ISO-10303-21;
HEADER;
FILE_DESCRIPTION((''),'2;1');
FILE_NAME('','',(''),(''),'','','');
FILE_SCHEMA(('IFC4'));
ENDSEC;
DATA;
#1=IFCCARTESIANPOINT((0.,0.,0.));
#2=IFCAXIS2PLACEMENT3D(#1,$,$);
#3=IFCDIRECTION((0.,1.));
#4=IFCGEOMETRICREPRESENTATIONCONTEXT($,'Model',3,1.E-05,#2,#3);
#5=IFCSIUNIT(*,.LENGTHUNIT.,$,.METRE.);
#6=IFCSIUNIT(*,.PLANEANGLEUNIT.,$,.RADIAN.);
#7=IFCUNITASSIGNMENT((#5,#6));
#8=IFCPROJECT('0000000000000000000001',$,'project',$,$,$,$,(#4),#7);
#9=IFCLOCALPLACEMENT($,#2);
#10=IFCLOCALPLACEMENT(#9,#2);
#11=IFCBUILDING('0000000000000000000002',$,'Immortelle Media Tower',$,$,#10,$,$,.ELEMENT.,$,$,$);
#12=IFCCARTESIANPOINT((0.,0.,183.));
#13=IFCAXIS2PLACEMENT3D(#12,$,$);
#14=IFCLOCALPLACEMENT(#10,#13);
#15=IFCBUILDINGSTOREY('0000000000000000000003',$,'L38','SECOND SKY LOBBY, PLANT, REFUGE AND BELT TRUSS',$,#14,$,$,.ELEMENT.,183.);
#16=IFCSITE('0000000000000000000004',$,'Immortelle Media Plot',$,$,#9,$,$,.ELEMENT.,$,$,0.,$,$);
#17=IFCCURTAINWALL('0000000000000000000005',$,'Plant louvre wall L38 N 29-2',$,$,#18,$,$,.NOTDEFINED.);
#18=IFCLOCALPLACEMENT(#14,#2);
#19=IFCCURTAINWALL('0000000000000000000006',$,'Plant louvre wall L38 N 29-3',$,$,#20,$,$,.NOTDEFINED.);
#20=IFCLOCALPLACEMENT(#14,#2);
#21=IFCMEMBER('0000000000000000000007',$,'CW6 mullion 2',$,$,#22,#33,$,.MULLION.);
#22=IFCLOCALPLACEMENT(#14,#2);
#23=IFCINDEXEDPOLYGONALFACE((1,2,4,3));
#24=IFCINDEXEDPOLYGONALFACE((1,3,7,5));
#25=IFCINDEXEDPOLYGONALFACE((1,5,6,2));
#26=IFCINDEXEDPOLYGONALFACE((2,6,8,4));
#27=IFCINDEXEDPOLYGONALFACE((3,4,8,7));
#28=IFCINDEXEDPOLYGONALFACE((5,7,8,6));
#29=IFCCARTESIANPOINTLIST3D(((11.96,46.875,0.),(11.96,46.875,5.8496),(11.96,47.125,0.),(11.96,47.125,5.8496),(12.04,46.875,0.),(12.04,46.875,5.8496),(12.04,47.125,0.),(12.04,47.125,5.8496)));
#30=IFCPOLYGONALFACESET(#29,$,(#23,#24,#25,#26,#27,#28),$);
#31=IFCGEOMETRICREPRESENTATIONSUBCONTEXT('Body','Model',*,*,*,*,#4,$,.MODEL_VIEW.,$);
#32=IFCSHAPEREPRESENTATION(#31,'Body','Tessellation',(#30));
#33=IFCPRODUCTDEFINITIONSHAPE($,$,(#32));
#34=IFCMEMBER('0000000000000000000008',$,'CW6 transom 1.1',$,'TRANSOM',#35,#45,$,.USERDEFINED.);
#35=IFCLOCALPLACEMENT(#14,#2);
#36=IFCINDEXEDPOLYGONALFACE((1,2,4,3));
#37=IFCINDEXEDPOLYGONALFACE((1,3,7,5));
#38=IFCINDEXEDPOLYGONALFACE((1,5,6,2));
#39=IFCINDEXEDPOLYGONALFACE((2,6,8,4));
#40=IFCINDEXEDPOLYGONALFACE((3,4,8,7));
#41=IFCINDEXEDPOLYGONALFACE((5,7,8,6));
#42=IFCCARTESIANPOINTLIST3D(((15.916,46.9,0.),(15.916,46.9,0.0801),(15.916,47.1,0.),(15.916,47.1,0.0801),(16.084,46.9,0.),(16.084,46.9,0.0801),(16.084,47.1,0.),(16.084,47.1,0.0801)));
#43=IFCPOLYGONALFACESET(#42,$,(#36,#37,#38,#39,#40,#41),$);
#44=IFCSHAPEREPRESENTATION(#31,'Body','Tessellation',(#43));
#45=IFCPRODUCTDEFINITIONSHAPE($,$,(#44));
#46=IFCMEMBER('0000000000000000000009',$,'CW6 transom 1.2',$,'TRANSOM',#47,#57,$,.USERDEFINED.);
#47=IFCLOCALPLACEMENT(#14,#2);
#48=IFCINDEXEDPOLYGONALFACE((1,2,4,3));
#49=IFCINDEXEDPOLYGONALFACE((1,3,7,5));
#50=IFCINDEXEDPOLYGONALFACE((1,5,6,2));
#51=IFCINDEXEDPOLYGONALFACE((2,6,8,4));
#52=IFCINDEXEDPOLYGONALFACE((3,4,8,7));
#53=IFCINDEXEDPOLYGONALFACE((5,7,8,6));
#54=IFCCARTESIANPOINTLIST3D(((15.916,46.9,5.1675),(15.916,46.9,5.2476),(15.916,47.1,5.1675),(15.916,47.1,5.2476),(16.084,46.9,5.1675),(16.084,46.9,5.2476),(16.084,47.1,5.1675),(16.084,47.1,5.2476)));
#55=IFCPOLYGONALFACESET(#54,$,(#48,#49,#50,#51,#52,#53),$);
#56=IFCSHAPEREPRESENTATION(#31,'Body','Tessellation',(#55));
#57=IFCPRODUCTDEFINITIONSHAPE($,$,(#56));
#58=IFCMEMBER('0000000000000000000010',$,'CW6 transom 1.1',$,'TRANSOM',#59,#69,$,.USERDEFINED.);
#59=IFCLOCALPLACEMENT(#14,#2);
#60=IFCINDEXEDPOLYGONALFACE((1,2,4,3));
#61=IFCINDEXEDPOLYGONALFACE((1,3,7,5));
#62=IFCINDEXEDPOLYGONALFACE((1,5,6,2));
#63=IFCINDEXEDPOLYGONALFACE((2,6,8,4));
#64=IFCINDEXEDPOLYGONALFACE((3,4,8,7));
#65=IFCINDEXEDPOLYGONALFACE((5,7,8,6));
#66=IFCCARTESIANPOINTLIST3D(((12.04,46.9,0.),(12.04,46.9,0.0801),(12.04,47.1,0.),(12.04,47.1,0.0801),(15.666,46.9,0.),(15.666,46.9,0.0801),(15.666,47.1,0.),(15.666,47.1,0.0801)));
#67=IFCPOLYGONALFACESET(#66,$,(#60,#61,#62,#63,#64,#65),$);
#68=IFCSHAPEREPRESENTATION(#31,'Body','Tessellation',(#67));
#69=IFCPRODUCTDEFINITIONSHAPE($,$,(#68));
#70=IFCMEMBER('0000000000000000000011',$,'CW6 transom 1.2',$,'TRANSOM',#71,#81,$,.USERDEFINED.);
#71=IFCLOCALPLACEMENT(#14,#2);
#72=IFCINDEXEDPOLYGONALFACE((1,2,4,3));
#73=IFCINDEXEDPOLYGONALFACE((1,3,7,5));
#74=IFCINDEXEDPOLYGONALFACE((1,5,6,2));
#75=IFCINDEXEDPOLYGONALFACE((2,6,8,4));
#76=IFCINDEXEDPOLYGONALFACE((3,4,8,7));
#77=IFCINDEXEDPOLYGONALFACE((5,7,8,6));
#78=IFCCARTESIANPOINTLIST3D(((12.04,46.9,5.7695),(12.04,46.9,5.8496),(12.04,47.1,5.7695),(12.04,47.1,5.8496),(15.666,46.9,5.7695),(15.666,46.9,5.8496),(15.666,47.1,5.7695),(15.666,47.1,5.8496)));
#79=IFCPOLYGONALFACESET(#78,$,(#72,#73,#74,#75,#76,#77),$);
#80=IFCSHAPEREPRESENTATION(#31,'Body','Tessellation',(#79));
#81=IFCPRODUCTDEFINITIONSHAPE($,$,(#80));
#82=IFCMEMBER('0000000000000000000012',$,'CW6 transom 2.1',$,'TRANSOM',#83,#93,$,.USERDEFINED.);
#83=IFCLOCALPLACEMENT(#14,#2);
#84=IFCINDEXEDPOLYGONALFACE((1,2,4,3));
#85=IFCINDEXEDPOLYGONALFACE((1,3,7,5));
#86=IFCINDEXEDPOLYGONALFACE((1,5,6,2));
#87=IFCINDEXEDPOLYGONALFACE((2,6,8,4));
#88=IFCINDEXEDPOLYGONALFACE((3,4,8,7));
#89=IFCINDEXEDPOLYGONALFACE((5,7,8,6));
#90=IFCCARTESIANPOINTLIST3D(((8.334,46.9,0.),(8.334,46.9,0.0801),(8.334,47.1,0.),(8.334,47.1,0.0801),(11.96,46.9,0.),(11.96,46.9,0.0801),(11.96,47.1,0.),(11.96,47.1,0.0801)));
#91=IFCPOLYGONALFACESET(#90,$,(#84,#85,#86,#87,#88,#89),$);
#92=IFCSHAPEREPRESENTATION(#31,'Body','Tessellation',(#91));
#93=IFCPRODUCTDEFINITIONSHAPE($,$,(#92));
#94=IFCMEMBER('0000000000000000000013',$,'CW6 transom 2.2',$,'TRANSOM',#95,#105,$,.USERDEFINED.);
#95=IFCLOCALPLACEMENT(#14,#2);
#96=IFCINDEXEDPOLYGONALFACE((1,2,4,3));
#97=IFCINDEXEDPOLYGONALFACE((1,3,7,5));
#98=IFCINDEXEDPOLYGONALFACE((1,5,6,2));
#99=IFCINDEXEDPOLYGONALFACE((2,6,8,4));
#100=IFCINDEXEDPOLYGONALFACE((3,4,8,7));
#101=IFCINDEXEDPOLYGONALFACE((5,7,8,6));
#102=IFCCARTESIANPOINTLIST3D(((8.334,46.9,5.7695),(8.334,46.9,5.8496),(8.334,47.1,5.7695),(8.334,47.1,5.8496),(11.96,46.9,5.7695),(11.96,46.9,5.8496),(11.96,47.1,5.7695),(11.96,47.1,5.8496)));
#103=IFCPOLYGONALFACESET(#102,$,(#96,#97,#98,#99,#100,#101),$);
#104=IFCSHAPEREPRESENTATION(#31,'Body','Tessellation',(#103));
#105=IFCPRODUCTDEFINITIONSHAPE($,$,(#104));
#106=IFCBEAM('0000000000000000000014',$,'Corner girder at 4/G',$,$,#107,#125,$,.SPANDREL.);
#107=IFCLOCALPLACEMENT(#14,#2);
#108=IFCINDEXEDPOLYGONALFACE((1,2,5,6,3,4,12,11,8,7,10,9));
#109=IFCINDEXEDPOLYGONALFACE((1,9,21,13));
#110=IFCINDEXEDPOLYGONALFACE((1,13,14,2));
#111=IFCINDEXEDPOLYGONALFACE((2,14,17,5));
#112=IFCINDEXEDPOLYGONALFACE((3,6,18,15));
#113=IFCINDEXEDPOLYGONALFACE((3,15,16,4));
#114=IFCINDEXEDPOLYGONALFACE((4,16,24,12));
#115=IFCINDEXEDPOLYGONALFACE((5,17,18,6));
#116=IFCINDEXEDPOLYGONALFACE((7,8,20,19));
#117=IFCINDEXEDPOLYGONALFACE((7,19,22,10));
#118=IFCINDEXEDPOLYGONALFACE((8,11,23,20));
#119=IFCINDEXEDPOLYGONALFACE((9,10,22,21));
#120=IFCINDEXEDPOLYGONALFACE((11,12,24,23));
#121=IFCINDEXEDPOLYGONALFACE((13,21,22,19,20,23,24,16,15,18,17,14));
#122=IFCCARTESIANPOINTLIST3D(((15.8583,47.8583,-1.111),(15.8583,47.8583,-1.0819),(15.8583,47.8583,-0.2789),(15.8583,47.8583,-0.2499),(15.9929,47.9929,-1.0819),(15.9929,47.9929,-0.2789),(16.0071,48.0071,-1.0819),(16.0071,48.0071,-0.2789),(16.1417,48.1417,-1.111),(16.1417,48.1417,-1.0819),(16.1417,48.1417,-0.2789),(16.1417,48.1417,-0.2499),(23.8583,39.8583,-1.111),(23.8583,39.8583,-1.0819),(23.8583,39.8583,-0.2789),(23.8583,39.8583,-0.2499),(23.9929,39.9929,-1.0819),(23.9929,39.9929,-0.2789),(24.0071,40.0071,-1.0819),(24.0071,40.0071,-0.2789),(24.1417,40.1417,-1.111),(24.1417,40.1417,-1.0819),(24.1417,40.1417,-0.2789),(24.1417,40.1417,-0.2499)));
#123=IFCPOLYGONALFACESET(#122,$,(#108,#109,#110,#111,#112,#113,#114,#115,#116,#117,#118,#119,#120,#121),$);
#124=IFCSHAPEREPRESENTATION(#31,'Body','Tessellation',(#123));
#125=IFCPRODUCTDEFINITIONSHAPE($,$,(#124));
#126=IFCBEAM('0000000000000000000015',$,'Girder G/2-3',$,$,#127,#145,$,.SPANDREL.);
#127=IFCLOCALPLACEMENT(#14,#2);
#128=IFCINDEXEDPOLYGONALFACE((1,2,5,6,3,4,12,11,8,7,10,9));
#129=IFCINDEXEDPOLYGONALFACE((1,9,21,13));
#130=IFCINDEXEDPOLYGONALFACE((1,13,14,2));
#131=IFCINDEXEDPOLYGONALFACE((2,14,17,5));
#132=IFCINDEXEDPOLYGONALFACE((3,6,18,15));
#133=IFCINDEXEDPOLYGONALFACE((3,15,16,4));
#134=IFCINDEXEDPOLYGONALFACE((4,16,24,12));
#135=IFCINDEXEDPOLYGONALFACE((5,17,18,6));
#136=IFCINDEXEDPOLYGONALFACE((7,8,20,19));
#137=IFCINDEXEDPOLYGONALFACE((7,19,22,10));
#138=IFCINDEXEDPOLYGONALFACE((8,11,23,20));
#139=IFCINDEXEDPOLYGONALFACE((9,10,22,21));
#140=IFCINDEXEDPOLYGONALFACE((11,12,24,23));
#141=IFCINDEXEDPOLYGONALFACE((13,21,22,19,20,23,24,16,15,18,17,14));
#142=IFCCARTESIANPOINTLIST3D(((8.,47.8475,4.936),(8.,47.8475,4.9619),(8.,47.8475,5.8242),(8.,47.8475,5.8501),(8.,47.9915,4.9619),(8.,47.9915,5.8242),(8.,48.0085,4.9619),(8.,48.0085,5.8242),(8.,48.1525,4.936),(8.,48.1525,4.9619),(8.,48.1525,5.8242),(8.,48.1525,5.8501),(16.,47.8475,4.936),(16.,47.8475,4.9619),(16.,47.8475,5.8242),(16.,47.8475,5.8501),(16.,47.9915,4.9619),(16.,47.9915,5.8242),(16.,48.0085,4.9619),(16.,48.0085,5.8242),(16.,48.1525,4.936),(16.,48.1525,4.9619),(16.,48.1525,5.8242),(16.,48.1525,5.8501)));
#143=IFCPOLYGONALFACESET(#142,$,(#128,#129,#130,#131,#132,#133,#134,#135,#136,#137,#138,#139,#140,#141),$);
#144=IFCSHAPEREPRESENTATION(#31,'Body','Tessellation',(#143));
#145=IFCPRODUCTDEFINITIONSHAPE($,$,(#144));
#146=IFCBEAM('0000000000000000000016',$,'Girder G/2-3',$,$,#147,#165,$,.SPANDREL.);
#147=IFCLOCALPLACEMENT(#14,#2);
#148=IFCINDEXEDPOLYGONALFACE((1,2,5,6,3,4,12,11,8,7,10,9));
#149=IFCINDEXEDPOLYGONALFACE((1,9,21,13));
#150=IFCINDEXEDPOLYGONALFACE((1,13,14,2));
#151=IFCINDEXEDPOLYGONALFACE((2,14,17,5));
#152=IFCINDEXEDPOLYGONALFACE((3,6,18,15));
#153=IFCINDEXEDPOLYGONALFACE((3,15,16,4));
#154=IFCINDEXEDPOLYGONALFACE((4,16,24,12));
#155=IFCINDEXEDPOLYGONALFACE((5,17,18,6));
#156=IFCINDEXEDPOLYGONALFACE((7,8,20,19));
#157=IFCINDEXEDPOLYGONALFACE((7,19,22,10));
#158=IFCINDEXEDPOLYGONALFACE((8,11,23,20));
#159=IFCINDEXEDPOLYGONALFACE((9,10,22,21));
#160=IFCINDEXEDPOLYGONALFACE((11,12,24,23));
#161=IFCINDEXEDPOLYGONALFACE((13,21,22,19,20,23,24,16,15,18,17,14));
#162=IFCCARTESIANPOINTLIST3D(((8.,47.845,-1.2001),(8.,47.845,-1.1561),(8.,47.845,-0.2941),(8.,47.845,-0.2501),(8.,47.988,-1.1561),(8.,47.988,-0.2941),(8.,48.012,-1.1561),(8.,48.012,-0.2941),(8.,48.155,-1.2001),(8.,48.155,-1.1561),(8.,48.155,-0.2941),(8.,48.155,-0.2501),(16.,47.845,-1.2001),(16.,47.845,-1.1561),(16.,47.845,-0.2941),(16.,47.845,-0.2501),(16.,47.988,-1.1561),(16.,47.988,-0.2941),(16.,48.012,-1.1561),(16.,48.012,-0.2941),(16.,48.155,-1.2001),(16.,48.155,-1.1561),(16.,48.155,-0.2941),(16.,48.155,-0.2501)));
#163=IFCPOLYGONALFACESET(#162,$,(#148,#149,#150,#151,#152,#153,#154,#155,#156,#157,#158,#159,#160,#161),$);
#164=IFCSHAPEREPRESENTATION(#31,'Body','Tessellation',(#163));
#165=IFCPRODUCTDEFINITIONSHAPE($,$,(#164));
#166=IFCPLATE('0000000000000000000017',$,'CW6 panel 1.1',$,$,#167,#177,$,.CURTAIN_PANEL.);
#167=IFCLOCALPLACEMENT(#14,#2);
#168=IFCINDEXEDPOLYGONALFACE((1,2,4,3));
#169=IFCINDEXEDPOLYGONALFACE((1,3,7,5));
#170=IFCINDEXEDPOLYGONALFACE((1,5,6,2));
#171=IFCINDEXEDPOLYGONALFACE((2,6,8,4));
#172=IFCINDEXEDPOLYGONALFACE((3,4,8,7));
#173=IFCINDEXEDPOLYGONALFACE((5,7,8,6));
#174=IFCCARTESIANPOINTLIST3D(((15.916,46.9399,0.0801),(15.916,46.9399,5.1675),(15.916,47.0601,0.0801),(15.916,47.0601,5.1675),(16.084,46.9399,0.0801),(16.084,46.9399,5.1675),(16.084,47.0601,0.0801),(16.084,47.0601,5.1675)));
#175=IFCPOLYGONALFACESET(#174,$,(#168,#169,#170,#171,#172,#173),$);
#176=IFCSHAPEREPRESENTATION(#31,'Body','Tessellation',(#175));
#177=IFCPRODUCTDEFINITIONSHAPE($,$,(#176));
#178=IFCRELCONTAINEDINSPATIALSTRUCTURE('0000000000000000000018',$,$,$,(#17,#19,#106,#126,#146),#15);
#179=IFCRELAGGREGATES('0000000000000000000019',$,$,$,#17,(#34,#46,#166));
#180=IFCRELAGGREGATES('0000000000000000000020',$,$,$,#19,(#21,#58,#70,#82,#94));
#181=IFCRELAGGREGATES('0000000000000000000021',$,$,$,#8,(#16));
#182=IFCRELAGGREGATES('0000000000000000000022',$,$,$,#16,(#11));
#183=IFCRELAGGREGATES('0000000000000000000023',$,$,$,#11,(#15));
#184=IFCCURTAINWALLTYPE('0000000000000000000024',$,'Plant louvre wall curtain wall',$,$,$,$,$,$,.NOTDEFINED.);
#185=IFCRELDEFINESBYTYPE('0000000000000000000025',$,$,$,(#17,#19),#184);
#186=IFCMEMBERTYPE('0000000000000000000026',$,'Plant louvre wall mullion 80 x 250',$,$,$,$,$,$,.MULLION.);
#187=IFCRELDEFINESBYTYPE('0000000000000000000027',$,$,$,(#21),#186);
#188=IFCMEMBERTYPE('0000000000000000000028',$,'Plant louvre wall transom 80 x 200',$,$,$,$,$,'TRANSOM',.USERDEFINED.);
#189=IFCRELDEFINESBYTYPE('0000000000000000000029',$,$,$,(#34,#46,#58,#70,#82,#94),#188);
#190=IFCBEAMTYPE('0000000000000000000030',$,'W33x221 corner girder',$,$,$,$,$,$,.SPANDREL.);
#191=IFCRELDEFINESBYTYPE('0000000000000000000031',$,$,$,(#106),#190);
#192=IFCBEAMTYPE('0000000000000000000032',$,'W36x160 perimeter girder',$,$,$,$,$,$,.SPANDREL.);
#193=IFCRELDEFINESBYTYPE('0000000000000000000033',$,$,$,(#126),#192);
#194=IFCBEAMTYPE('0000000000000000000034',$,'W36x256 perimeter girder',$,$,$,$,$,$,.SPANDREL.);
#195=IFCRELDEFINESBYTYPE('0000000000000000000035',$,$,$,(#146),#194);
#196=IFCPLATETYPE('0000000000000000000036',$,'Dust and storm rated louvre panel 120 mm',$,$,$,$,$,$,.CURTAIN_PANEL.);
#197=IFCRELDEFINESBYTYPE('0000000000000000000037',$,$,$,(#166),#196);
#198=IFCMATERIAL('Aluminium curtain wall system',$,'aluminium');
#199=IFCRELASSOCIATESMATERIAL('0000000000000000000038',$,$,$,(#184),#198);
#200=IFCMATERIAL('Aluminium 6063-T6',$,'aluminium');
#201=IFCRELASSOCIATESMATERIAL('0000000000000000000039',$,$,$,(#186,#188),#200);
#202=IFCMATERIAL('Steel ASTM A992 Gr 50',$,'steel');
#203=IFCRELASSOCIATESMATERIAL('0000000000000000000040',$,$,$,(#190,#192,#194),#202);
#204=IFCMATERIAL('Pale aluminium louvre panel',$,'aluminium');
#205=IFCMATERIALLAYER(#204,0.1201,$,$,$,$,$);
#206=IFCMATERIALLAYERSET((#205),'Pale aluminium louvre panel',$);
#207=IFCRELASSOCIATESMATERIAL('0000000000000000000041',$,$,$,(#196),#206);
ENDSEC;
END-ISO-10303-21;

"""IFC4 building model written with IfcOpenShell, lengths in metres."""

from ifc_helpers import new_model, si_unit, direction, frame, origin, origin_2d, place, context, subcontext, project, spatial, rectangle, i_section, extrude, material, layer, layer_set, material_profile, profile_set, type_object, element, aggregate, save


model = new_model("IFC4")

# Units and contexts
model_context = context("Model", 3, precision=1e-05, world=origin(), true_north=direction((0.0, 1.0)))
body_context = subcontext(model_context, "Body", "Model", "MODEL_VIEW")
ifc_project = project(units=[si_unit("LENGTHUNIT", "METRE"), si_unit("PLANEANGLEUNIT", "RADIAN")], contexts=[model_context])

# Site, building, storey
site_placement = place(None, origin())
site = spatial("IfcSite", under=ifc_project, at=site_placement, Name="Immortelle Media Plot", CompositionType="ELEMENT", RefElevation=0.0)
building_placement = place(site_placement, origin())
building = spatial("IfcBuilding", under=site, at=building_placement, Name="Immortelle Media Tower", CompositionType="ELEMENT")
storey_placement = place(building_placement, frame((0.0, 0.0, 183.0)))
storey = spatial("IfcBuildingStorey", under=building, at=storey_placement, Name="L38", Description="SECOND SKY LOBBY, PLANT, REFUGE AND BELT TRUSS", CompositionType="ELEMENT", Elevation=183.0)

# Shared definitions
ifc_material_1 = material(Name="Steel ASTM A992 Gr 50", Category="steel")

# Curtain walls, member
ifc_material_2 = material(Name="Aluminium curtain wall system", Category="aluminium")
curtain_wall_type = type_object("IfcCurtainWallType", Name="Plant louvre wall curtain wall", PredefinedType="NOTDEFINED", material=ifc_material_2)
curtain_wall_1_placement = place(storey_placement, origin())
curtain_wall_1 = element("IfcCurtainWall", 1, at=curtain_wall_1_placement, inside=storey, type_object=curtain_wall_type, Name="Plant louvre wall L38 N 29-2", PredefinedType="NOTDEFINED")
ifc_material_3 = material(Name="Aluminium 6063-T6", Category="aluminium")
ifc_material_profile_1 = material_profile(ifc_material_3, rectangle(XDim=0.25, YDim=0.0801, at=origin_2d()), Name="AL 80x250")
ifc_profile_set_1 = profile_set([ifc_material_profile_1], Name="Aluminium 6063-T6")
member_type_1 = type_object("IfcMemberType", Name="Plant louvre wall mullion 80 x 250", PredefinedType="MULLION", material=ifc_profile_set_1)
curtain_wall_2_placement = place(storey_placement, origin())
curtain_wall_2 = element("IfcCurtainWall", 2, at=curtain_wall_2_placement, inside=storey, type_object=curtain_wall_type, Name="Plant louvre wall L38 N 29-3", PredefinedType="NOTDEFINED")
member_1_placement = place(storey_placement, frame((12.0, 47.0, 0.0), z_axis=(0.0, 0.0, 1.0), x_axis=(0.0, -1.0, 0.0)))
member_1 = element("IfcMember", 3, at=member_1_placement, type_object=member_type_1, Name="CW6 mullion 2", PredefinedType="MULLION", context=body_context, shape_type="SweptSolid", body=[
    extrude(rectangle(XDim=0.25, YDim=0.0801, at=origin_2d()), origin(), (0.0, 0.0, 1.0), 5.8496),
])

# Members
ifc_material_profile_2 = material_profile(ifc_material_3, rectangle(XDim=0.2, YDim=0.0801, at=origin_2d()), Name="AL 80x200")
ifc_profile_set_2 = profile_set([ifc_material_profile_2], Name="Aluminium 6063-T6")
member_type_2 = type_object("IfcMemberType", Name="Plant louvre wall transom 80 x 200", ElementType="TRANSOM", PredefinedType="USERDEFINED", material=ifc_profile_set_2)
member_2_placement = place(storey_placement, frame((16.084, 47.0, 0.04), z_axis=(-1.0, 0.0, 0.0), x_axis=(0.0, -1.0, 0.0)))
member_2 = element("IfcMember", 4, at=member_2_placement, type_object=member_type_2, Name="CW6 transom 1.1", ObjectType="TRANSOM", PredefinedType="USERDEFINED", context=body_context, shape_type="SweptSolid", body=[
    extrude(rectangle(XDim=0.2, YDim=0.0801, at=origin_2d()), origin(), (0.0, 0.0, 1.0), 0.168),
])
member_3_placement = place(storey_placement, frame((16.084, 47.0, 5.2075), z_axis=(-1.0, 0.0, 0.0), x_axis=(0.0, -1.0, 0.0)))
member_3 = element("IfcMember", 5, at=member_3_placement, type_object=member_type_2, Name="CW6 transom 1.2", ObjectType="TRANSOM", PredefinedType="USERDEFINED", context=body_context, shape_type="SweptSolid", body=[
    extrude(rectangle(XDim=0.2, YDim=0.0801, at=origin_2d()), origin(), (0.0, 0.0, 1.0), 0.168),
])
member_4_placement = place(storey_placement, frame((15.666, 47.0, 0.04), z_axis=(-1.0, 0.0, 0.0), x_axis=(0.0, -1.0, 0.0)))
member_4 = element("IfcMember", 6, at=member_4_placement, type_object=member_type_2, Name="CW6 transom 1.1", ObjectType="TRANSOM", PredefinedType="USERDEFINED", context=body_context, shape_type="SweptSolid", body=[
    extrude(rectangle(XDim=0.2, YDim=0.0801, at=origin_2d()), origin(), (0.0, 0.0, 1.0), 3.626),
])
member_5_placement = place(storey_placement, frame((15.666, 47.0, 5.8096), z_axis=(-1.0, 0.0, 0.0), x_axis=(0.0, -1.0, 0.0)))
member_5 = element("IfcMember", 7, at=member_5_placement, type_object=member_type_2, Name="CW6 transom 1.2", ObjectType="TRANSOM", PredefinedType="USERDEFINED", context=body_context, shape_type="SweptSolid", body=[
    extrude(rectangle(XDim=0.2, YDim=0.0801, at=origin_2d()), origin(), (0.0, 0.0, 1.0), 3.626),
])
member_6_placement = place(storey_placement, frame((11.96, 47.0, 0.04), z_axis=(-1.0, 0.0, 0.0), x_axis=(0.0, -1.0, 0.0)))
member_6 = element("IfcMember", 8, at=member_6_placement, type_object=member_type_2, Name="CW6 transom 2.1", ObjectType="TRANSOM", PredefinedType="USERDEFINED", context=body_context, shape_type="SweptSolid", body=[
    extrude(rectangle(XDim=0.2, YDim=0.0801, at=origin_2d()), origin(), (0.0, 0.0, 1.0), 3.626),
])
member_7_placement = place(storey_placement, frame((11.96, 47.0, 5.8096), z_axis=(-1.0, 0.0, 0.0), x_axis=(0.0, -1.0, 0.0)))
member_7 = element("IfcMember", 9, at=member_7_placement, type_object=member_type_2, Name="CW6 transom 2.2", ObjectType="TRANSOM", PredefinedType="USERDEFINED", context=body_context, shape_type="SweptSolid", body=[
    extrude(rectangle(XDim=0.2, YDim=0.0801, at=origin_2d()), origin(), (0.0, 0.0, 1.0), 3.626),
])

# Beams
ifc_material_profile_3 = material_profile(ifc_material_1, i_section(OverallWidth=0.4009, OverallDepth=0.8611, WebThickness=0.02, FlangeThickness=0.0291, at=origin_2d()), Name="W33x221")
ifc_profile_set_3 = profile_set([ifc_material_profile_3], Name="Steel ASTM A992 Gr 50")
beam_type_1 = type_object("IfcBeamType", Name="W33x221 corner girder", PredefinedType="SPANDREL", material=ifc_profile_set_3)
beam_1_placement = place(storey_placement, frame((16.0, 48.0, -0.6804), z_axis=(0.707107, -0.707107, 0.0), x_axis=(0.707107, 0.707107, 0.0)))
element("IfcBeam", 10, at=beam_1_placement, inside=storey, type_object=beam_type_1, Name="Corner girder at 4/G", PredefinedType="SPANDREL", context=body_context, shape_type="SweptSolid", body=[
    extrude(i_section(OverallWidth=0.4009, OverallDepth=0.8611, WebThickness=0.02, FlangeThickness=0.0291, at=origin_2d()), origin(), (0.0, 0.0, 1.0), 11.3137),
])
ifc_material_profile_4 = material_profile(ifc_material_1, i_section(OverallWidth=0.3049, OverallDepth=0.9141, WebThickness=0.0171, FlangeThickness=0.0259, at=origin_2d()), Name="W36x160")
ifc_profile_set_4 = profile_set([ifc_material_profile_4], Name="Steel ASTM A992 Gr 50")
beam_type_2 = type_object("IfcBeamType", Name="W36x160 perimeter girder", PredefinedType="SPANDREL", material=ifc_profile_set_4)
beam_2_placement = place(storey_placement, frame((8.0, 48.0, 5.3931), z_axis=(1.0, 0.0, 0.0), x_axis=(0.0, 1.0, 0.0)))
element("IfcBeam", 11, at=beam_2_placement, inside=storey, type_object=beam_type_2, Name="Girder G/2-3", PredefinedType="SPANDREL", context=body_context, shape_type="SweptSolid", body=[
    extrude(i_section(OverallWidth=0.3049, OverallDepth=0.9141, WebThickness=0.0171, FlangeThickness=0.0259, at=origin_2d()), origin(), (0.0, 0.0, 1.0), 8.0),
])
ifc_material_profile_5 = material_profile(ifc_material_1, i_section(OverallWidth=0.3101, OverallDepth=0.95, WebThickness=0.0239, FlangeThickness=0.0439, at=origin_2d()), Name="W36x256")
ifc_profile_set_5 = profile_set([ifc_material_profile_5], Name="Steel ASTM A992 Gr 50")
beam_type_3 = type_object("IfcBeamType", Name="W36x256 perimeter girder", PredefinedType="SPANDREL", material=ifc_profile_set_5)
beam_3_placement = place(storey_placement, frame((8.0, 48.0, -0.7251), z_axis=(1.0, 0.0, 0.0), x_axis=(0.0, 1.0, 0.0)))
element("IfcBeam", 12, at=beam_3_placement, inside=storey, type_object=beam_type_3, Name="Girder G/2-3", PredefinedType="SPANDREL", context=body_context, shape_type="SweptSolid", body=[
    extrude(i_section(OverallWidth=0.3101, OverallDepth=0.95, WebThickness=0.0239, FlangeThickness=0.0439, at=origin_2d()), origin(), (0.0, 0.0, 1.0), 8.0),
])

# Plate
ifc_material_4 = material(Name="Pale aluminium louvre panel", Category="aluminium")
ifc_layer = layer(ifc_material_4, 0.1201)
ifc_layer_set = layer_set([ifc_layer], Name="Pale aluminium louvre panel")
plate_type = type_object("IfcPlateType", Name="Dust and storm rated louvre panel 120 mm", PredefinedType="CURTAIN_PANEL", material=ifc_layer_set)
plate_1_placement = place(storey_placement, frame((16.0, 47.0, 0.0801), z_axis=(0.0, 0.0, 1.0), x_axis=(-1.0, 0.0, 0.0)))
plate_1 = element("IfcPlate", 13, at=plate_1_placement, type_object=plate_type, Name="CW6 panel 1.1", PredefinedType="CURTAIN_PANEL", context=body_context, shape_type="SweptSolid", body=[
    extrude(rectangle(XDim=0.168, YDim=0.1201, at=origin_2d()), origin(), (0.0, 0.0, 1.0), 5.0874),
])
aggregate(curtain_wall_1, [member_2, member_3, plate_1])
aggregate(curtain_wall_2, [member_1, member_4, member_5, member_6, member_7])

save(model, "model.ifc")
